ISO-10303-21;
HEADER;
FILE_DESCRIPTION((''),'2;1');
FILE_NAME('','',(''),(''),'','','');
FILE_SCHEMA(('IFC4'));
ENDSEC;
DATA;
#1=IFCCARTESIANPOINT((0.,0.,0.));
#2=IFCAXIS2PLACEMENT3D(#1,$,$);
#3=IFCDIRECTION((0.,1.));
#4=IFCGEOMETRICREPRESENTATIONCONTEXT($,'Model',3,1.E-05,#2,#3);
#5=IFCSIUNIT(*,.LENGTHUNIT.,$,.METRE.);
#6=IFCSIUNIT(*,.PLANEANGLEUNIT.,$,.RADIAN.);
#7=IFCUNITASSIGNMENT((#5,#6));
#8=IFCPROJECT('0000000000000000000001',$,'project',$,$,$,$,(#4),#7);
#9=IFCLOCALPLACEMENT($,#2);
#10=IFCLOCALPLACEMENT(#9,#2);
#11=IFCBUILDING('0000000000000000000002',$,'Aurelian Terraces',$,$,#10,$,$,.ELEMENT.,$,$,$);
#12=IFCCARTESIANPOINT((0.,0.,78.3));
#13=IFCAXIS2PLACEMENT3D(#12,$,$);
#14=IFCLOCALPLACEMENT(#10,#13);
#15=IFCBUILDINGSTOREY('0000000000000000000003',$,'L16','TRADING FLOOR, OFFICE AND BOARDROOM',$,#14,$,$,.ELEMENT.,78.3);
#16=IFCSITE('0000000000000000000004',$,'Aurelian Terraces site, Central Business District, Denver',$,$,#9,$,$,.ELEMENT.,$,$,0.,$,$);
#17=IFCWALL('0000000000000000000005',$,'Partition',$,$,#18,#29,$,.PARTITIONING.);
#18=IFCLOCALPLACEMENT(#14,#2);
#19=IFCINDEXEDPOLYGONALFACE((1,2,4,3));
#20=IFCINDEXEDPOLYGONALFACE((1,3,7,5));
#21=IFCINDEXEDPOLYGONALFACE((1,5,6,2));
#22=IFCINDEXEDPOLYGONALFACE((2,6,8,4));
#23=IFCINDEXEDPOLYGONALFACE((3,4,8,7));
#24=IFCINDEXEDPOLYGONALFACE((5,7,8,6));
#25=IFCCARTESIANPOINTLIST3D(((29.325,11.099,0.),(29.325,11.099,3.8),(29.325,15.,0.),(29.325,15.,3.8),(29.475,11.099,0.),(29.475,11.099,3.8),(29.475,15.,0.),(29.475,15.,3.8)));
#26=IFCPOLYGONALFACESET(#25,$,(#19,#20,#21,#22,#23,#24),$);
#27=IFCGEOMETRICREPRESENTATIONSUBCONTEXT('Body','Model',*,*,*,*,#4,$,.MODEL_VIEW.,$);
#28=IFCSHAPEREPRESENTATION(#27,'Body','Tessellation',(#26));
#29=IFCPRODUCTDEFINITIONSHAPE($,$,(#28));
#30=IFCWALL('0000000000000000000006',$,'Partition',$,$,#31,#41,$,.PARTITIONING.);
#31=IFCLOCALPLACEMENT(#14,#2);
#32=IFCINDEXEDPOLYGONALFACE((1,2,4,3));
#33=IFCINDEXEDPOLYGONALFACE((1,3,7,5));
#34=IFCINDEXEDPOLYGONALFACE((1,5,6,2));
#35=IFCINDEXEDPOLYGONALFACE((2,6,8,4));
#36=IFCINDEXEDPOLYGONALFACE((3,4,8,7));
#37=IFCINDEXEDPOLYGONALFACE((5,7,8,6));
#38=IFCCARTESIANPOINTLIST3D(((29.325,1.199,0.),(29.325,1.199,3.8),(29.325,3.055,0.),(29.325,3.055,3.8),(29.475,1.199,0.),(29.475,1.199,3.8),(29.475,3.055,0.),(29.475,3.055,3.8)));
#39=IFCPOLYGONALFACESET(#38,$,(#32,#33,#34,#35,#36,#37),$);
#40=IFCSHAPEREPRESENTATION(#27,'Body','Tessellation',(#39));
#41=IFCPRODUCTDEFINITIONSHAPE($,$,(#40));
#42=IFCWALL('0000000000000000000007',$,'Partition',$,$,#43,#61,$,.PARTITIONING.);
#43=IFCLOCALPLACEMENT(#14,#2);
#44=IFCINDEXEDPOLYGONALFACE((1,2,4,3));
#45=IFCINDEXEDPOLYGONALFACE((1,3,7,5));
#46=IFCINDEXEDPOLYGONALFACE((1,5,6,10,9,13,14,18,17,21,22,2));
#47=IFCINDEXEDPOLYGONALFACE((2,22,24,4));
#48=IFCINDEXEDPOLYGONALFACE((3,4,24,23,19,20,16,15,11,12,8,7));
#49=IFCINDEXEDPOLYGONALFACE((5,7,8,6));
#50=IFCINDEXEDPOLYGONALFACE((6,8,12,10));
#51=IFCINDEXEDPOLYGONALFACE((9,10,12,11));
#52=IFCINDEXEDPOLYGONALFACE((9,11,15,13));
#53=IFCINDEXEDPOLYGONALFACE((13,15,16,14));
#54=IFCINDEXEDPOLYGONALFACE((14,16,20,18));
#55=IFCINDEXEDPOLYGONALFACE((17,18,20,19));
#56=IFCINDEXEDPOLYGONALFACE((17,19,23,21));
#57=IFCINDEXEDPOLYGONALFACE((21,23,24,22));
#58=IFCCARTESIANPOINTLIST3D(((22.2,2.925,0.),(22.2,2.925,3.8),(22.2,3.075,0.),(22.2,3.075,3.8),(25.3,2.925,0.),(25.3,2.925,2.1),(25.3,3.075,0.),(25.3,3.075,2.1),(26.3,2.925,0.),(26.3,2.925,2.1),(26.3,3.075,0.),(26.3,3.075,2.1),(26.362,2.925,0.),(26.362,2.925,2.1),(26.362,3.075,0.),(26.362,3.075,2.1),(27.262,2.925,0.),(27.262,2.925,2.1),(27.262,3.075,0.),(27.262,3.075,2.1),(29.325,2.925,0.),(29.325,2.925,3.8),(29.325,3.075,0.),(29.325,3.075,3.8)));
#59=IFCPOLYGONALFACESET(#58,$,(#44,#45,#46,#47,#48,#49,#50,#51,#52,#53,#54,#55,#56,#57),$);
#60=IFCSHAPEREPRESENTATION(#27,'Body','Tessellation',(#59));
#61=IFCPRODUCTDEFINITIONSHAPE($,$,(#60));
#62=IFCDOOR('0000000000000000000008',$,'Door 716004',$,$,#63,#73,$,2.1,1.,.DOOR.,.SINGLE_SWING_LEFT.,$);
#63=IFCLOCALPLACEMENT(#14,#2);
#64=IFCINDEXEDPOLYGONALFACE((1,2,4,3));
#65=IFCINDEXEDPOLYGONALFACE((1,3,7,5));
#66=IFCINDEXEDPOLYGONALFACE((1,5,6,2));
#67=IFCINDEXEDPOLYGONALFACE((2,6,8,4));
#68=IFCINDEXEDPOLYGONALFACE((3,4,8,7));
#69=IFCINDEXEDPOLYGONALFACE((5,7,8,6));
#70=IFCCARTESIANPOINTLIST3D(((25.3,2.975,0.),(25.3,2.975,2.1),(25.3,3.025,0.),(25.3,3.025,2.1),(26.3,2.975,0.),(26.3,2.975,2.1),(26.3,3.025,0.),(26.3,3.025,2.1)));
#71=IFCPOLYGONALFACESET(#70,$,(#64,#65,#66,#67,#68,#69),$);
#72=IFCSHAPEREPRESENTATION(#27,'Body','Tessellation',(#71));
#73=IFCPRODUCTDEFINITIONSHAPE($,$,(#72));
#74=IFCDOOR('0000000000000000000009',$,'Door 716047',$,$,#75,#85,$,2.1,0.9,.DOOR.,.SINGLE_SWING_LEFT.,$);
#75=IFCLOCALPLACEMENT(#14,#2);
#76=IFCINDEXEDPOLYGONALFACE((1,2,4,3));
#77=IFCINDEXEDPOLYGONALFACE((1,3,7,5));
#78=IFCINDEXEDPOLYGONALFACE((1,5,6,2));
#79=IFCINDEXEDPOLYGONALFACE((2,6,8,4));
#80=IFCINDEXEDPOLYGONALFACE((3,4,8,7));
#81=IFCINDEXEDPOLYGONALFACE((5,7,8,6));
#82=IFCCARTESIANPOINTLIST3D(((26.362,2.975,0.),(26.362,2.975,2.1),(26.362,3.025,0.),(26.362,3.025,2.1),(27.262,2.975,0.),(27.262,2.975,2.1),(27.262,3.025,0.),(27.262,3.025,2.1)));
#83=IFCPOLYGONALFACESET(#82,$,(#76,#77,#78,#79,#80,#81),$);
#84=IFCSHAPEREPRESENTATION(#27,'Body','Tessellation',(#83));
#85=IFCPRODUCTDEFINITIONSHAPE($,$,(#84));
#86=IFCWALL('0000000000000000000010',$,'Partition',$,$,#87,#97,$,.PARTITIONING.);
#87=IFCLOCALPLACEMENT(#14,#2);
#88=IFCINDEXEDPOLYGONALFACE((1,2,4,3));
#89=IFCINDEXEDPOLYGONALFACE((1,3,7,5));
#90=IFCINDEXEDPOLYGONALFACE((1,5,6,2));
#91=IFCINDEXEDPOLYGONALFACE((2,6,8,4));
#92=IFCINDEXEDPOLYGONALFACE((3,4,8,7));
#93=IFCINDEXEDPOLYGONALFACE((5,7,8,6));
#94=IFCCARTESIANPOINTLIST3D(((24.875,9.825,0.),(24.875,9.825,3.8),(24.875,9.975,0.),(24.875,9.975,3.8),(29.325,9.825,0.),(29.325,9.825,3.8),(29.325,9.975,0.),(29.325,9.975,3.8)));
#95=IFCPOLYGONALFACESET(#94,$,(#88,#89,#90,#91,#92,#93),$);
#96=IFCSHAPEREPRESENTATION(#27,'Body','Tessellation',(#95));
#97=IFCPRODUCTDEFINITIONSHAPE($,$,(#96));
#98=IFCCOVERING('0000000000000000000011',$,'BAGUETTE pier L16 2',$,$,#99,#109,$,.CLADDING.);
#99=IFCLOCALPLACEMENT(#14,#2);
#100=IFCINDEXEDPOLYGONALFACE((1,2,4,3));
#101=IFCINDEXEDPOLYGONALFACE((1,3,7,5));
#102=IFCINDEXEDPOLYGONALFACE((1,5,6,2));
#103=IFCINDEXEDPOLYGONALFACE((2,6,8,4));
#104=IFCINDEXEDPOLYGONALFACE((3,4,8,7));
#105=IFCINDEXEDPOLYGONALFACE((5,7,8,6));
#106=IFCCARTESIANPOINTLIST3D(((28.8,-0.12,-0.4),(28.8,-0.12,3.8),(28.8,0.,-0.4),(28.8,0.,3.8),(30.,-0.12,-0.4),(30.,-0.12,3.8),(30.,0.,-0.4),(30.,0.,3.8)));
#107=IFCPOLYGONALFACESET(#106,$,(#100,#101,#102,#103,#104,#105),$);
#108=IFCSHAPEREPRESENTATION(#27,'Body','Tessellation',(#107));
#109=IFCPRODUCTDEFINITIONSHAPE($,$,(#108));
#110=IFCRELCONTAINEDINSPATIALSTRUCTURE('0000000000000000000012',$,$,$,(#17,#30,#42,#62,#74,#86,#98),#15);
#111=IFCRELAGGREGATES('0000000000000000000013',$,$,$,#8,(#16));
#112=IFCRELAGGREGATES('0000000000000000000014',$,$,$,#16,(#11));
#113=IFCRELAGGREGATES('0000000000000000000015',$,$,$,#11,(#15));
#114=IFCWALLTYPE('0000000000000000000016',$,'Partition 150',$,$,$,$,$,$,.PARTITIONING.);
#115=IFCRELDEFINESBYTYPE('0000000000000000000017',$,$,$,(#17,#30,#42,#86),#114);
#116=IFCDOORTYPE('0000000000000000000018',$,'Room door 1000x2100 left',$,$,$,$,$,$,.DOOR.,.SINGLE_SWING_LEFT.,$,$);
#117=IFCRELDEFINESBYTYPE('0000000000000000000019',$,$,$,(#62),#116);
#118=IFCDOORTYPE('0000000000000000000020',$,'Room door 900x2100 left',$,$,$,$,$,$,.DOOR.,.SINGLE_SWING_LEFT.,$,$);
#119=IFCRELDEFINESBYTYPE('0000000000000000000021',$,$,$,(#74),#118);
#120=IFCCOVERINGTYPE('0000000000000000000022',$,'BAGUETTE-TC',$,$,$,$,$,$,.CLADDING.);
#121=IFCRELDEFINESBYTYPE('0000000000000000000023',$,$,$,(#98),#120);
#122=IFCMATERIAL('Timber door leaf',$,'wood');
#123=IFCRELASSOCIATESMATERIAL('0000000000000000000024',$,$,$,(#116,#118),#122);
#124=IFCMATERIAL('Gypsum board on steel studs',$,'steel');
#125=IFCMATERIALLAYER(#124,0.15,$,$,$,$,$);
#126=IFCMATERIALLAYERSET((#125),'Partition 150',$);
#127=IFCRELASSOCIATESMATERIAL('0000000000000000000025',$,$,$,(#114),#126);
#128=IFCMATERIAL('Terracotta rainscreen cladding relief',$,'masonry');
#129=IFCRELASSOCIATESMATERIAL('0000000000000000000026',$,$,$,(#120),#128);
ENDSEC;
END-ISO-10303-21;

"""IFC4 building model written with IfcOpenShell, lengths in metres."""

from ifc_helpers import new_model, si_unit, direction, frame, frame_2d, origin, origin_2d, place, context, subcontext, project, spatial, rectangle, extrude, source, transform, mapped, material, layer, layer_set, type_object, element, fill, save


model = new_model("IFC4")

# Units and contexts
model_context = context("Model", 3, precision=1e-05, world=origin(), true_north=direction((0.0, 1.0)))
body_context = subcontext(model_context, "Body", "Model", "MODEL_VIEW")
ifc_project = project(units=[si_unit("LENGTHUNIT", "METRE"), si_unit("PLANEANGLEUNIT", "RADIAN")], contexts=[model_context])

# Site, building, storey
site_placement = place(None, origin())
site = spatial("IfcSite", under=ifc_project, at=site_placement, Name="Aurelian Terraces site, Central Business District, Denver", CompositionType="ELEMENT", RefElevation=0.0)
building_placement = place(site_placement, origin())
building = spatial("IfcBuilding", under=site, at=building_placement, Name="Aurelian Terraces", CompositionType="ELEMENT")
storey_placement = place(building_placement, frame((0.0, 0.0, 78.3)))
storey = spatial("IfcBuildingStorey", under=building, at=storey_placement, Name="L16", Description="TRADING FLOOR, OFFICE AND BOARDROOM", CompositionType="ELEMENT", Elevation=78.3)

# Shared definitions
ifc_material_1 = material(Name="Timber door leaf", Category="wood")
door_type_1 = type_object("IfcDoorType", Name="Room door 1000x2100 left", OperationType="SINGLE_SWING_LEFT", PredefinedType="DOOR", material=ifc_material_1)
shared_shape_1 = source(origin(), body_context, "Body", "SweptSolid", [
    extrude(rectangle(XDim=1.0, YDim=2.1, at=frame_2d((0.5, 1.05))), frame((0.0, 0.025, 0.0), z_axis=(0.0, -1.0, 0.0), x_axis=(1.0, 0.0, 0.0)), (0.0, 0.0, 1.0), 0.05),
])

# Walls
ifc_material_2 = material(Name="Gypsum board on steel studs", Category="steel")
ifc_layer_1 = layer(ifc_material_2, 0.15)
ifc_layer_set_1 = layer_set([ifc_layer_1], Name="Partition 150")
wall_type_1 = type_object("IfcWallType", Name="Partition 150", PredefinedType="PARTITIONING", material=ifc_layer_set_1)
shared_shape_2 = source(origin(), body_context, "Body", "SweptSolid", [
    extrude(rectangle(XDim=3.901, YDim=0.15, at=frame_2d((1.9505, 0.0))), origin(), (0.0, 0.0, 1.0), 3.8),
])
wall_1_placement = place(storey_placement, frame((29.4, 11.099, 0.0), z_axis=(0.0, 0.0, 1.0), x_axis=(0.0, 1.0, 0.0)))
element("IfcWall", 1, at=wall_1_placement, inside=storey, type_object=wall_type_1, Name="Partition", PredefinedType="PARTITIONING", context=body_context, shape_type="MappedRepresentation", body=[
    mapped(shared_shape_2, transform((0.0, 0.0, 0.0), scale=1.0)),
])
shared_shape_3 = source(origin(), body_context, "Body", "SweptSolid", [
    extrude(rectangle(XDim=1.856, YDim=0.15, at=frame_2d((0.928, 0.0))), origin(), (0.0, 0.0, 1.0), 3.8),
])
wall_2_placement = place(storey_placement, frame((29.4, 1.199, 0.0), z_axis=(0.0, 0.0, 1.0), x_axis=(0.0, 1.0, 0.0)))
element("IfcWall", 2, at=wall_2_placement, inside=storey, type_object=wall_type_1, Name="Partition", PredefinedType="PARTITIONING", context=body_context, shape_type="MappedRepresentation", body=[
    mapped(shared_shape_3, transform((0.0, 0.0, 0.0), scale=1.0)),
])

# Wall, openings, doors
shared_shape_4 = source(origin(), body_context, "Body", "SweptSolid", [
    extrude(rectangle(XDim=7.125, YDim=0.15, at=frame_2d((3.5625, 0.0))), origin(), (0.0, 0.0, 1.0), 3.8),
])
wall_3_placement = place(storey_placement, frame((22.2, 3.0, 0.0), z_axis=(0.0, 0.0, 1.0), x_axis=(1.0, 0.0, 0.0)))
wall_3 = element("IfcWall", 3, at=wall_3_placement, inside=storey, type_object=wall_type_1, Name="Partition", PredefinedType="PARTITIONING", context=body_context, shape_type="MappedRepresentation", body=[
    mapped(shared_shape_4, transform((0.0, 0.0, 0.0), scale=1.0)),
])
shared_shape_5 = source(origin(), body_context, "Body", "SweptSolid", [
    extrude(rectangle(XDim=1.0, YDim=2.1, at=frame_2d((0.5, 1.05))), frame((0.0, 0.085, 0.0), z_axis=(0.0, -1.0, 0.0), x_axis=(1.0, 0.0, 0.0)), (0.0, 0.0, 1.0), 0.17),
])
opening_1_placement = place(wall_3_placement, frame((3.1, 0.0, 0.0)))
opening_1 = element("IfcOpeningElement", 4, at=opening_1_placement, cuts=wall_3, PredefinedType="OPENING", context=body_context, shape_type="MappedRepresentation", body=[
    mapped(shared_shape_5, transform((0.0, 0.0, 0.0), scale=1.0)),
])
shared_shape_6 = source(origin(), body_context, "Body", "SweptSolid", [
    extrude(rectangle(XDim=0.9, YDim=2.1, at=frame_2d((0.45, 1.05))), frame((0.0, 0.085, 0.0), z_axis=(0.0, -1.0, 0.0), x_axis=(1.0, 0.0, 0.0)), (0.0, 0.0, 1.0), 0.17),
])
opening_2_placement = place(wall_3_placement, frame((4.162, 0.0, 0.0)))
opening_2 = element("IfcOpeningElement", 5, at=opening_2_placement, cuts=wall_3, PredefinedType="OPENING", context=body_context, shape_type="MappedRepresentation", body=[
    mapped(shared_shape_6, transform((0.0, 0.0, 0.0), scale=1.0)),
])
door_1_placement = place(opening_1_placement, origin())
door_1 = element("IfcDoor", 6, at=door_1_placement, inside=storey, type_object=door_type_1, Name="Door 716004", OperationType="SINGLE_SWING_LEFT", OverallHeight=2.1, OverallWidth=1.0, PredefinedType="DOOR", context=body_context, shape_type="MappedRepresentation", body=[
    mapped(shared_shape_1, transform((0.0, 0.0, 0.0), scale=1.0)),
])
fill(opening_1, door_1)
door_type_2 = type_object("IfcDoorType", Name="Room door 900x2100 left", OperationType="SINGLE_SWING_LEFT", PredefinedType="DOOR", material=ifc_material_1)
shared_shape_7 = source(origin(), body_context, "Body", "SweptSolid", [
    extrude(rectangle(XDim=0.9, YDim=2.1, at=frame_2d((0.45, 1.05))), frame((0.0, 0.025, 0.0), z_axis=(0.0, -1.0, 0.0), x_axis=(1.0, 0.0, 0.0)), (0.0, 0.0, 1.0), 0.05),
])
door_2_placement = place(opening_2_placement, origin())
door_2 = element("IfcDoor", 7, at=door_2_placement, inside=storey, type_object=door_type_2, Name="Door 716047", OperationType="SINGLE_SWING_LEFT", OverallHeight=2.1, OverallWidth=0.9, PredefinedType="DOOR", context=body_context, shape_type="MappedRepresentation", body=[
    mapped(shared_shape_7, transform((0.0, 0.0, 0.0), scale=1.0)),
])
fill(opening_2, door_2)

# Wall
shared_shape_8 = source(origin(), body_context, "Body", "SweptSolid", [
    extrude(rectangle(XDim=4.45, YDim=0.15, at=frame_2d((2.225, 0.0))), origin(), (0.0, 0.0, 1.0), 3.8),
])
wall_4_placement = place(storey_placement, frame((29.325, 9.9, 0.0), z_axis=(0.0, 0.0, 1.0), x_axis=(-1.0, 0.0, 0.0)))
element("IfcWall", 8, at=wall_4_placement, inside=storey, type_object=wall_type_1, Name="Partition", PredefinedType="PARTITIONING", context=body_context, shape_type="MappedRepresentation", body=[
    mapped(shared_shape_8, transform((0.0, 0.0, 0.0), scale=1.0)),
])

# Covering
ifc_material_3 = material(Name="Terracotta rainscreen cladding relief", Category="masonry")
covering_type = type_object("IfcCoveringType", Name="BAGUETTE-TC", PredefinedType="CLADDING", material=ifc_material_3)
shared_shape_9 = source(origin(), body_context, "Body", "SweptSolid", [
    extrude(rectangle(XDim=1.2, YDim=0.12, at=origin_2d()), origin(), (0.0, 0.0, 1.0), 4.2),
])
covering_placement = place(storey_placement, frame((29.4, -0.06, -0.4), z_axis=(0.0, 0.0, 1.0), x_axis=(1.0, 0.0, 0.0)))
element("IfcCovering", 9, at=covering_placement, inside=storey, type_object=covering_type, Name="BAGUETTE pier L16 2", PredefinedType="CLADDING", context=body_context, shape_type="MappedRepresentation", body=[
    mapped(shared_shape_9, transform((0.0, 0.0, 0.0), scale=1.0)),
])

save(model, "model.ifc")
